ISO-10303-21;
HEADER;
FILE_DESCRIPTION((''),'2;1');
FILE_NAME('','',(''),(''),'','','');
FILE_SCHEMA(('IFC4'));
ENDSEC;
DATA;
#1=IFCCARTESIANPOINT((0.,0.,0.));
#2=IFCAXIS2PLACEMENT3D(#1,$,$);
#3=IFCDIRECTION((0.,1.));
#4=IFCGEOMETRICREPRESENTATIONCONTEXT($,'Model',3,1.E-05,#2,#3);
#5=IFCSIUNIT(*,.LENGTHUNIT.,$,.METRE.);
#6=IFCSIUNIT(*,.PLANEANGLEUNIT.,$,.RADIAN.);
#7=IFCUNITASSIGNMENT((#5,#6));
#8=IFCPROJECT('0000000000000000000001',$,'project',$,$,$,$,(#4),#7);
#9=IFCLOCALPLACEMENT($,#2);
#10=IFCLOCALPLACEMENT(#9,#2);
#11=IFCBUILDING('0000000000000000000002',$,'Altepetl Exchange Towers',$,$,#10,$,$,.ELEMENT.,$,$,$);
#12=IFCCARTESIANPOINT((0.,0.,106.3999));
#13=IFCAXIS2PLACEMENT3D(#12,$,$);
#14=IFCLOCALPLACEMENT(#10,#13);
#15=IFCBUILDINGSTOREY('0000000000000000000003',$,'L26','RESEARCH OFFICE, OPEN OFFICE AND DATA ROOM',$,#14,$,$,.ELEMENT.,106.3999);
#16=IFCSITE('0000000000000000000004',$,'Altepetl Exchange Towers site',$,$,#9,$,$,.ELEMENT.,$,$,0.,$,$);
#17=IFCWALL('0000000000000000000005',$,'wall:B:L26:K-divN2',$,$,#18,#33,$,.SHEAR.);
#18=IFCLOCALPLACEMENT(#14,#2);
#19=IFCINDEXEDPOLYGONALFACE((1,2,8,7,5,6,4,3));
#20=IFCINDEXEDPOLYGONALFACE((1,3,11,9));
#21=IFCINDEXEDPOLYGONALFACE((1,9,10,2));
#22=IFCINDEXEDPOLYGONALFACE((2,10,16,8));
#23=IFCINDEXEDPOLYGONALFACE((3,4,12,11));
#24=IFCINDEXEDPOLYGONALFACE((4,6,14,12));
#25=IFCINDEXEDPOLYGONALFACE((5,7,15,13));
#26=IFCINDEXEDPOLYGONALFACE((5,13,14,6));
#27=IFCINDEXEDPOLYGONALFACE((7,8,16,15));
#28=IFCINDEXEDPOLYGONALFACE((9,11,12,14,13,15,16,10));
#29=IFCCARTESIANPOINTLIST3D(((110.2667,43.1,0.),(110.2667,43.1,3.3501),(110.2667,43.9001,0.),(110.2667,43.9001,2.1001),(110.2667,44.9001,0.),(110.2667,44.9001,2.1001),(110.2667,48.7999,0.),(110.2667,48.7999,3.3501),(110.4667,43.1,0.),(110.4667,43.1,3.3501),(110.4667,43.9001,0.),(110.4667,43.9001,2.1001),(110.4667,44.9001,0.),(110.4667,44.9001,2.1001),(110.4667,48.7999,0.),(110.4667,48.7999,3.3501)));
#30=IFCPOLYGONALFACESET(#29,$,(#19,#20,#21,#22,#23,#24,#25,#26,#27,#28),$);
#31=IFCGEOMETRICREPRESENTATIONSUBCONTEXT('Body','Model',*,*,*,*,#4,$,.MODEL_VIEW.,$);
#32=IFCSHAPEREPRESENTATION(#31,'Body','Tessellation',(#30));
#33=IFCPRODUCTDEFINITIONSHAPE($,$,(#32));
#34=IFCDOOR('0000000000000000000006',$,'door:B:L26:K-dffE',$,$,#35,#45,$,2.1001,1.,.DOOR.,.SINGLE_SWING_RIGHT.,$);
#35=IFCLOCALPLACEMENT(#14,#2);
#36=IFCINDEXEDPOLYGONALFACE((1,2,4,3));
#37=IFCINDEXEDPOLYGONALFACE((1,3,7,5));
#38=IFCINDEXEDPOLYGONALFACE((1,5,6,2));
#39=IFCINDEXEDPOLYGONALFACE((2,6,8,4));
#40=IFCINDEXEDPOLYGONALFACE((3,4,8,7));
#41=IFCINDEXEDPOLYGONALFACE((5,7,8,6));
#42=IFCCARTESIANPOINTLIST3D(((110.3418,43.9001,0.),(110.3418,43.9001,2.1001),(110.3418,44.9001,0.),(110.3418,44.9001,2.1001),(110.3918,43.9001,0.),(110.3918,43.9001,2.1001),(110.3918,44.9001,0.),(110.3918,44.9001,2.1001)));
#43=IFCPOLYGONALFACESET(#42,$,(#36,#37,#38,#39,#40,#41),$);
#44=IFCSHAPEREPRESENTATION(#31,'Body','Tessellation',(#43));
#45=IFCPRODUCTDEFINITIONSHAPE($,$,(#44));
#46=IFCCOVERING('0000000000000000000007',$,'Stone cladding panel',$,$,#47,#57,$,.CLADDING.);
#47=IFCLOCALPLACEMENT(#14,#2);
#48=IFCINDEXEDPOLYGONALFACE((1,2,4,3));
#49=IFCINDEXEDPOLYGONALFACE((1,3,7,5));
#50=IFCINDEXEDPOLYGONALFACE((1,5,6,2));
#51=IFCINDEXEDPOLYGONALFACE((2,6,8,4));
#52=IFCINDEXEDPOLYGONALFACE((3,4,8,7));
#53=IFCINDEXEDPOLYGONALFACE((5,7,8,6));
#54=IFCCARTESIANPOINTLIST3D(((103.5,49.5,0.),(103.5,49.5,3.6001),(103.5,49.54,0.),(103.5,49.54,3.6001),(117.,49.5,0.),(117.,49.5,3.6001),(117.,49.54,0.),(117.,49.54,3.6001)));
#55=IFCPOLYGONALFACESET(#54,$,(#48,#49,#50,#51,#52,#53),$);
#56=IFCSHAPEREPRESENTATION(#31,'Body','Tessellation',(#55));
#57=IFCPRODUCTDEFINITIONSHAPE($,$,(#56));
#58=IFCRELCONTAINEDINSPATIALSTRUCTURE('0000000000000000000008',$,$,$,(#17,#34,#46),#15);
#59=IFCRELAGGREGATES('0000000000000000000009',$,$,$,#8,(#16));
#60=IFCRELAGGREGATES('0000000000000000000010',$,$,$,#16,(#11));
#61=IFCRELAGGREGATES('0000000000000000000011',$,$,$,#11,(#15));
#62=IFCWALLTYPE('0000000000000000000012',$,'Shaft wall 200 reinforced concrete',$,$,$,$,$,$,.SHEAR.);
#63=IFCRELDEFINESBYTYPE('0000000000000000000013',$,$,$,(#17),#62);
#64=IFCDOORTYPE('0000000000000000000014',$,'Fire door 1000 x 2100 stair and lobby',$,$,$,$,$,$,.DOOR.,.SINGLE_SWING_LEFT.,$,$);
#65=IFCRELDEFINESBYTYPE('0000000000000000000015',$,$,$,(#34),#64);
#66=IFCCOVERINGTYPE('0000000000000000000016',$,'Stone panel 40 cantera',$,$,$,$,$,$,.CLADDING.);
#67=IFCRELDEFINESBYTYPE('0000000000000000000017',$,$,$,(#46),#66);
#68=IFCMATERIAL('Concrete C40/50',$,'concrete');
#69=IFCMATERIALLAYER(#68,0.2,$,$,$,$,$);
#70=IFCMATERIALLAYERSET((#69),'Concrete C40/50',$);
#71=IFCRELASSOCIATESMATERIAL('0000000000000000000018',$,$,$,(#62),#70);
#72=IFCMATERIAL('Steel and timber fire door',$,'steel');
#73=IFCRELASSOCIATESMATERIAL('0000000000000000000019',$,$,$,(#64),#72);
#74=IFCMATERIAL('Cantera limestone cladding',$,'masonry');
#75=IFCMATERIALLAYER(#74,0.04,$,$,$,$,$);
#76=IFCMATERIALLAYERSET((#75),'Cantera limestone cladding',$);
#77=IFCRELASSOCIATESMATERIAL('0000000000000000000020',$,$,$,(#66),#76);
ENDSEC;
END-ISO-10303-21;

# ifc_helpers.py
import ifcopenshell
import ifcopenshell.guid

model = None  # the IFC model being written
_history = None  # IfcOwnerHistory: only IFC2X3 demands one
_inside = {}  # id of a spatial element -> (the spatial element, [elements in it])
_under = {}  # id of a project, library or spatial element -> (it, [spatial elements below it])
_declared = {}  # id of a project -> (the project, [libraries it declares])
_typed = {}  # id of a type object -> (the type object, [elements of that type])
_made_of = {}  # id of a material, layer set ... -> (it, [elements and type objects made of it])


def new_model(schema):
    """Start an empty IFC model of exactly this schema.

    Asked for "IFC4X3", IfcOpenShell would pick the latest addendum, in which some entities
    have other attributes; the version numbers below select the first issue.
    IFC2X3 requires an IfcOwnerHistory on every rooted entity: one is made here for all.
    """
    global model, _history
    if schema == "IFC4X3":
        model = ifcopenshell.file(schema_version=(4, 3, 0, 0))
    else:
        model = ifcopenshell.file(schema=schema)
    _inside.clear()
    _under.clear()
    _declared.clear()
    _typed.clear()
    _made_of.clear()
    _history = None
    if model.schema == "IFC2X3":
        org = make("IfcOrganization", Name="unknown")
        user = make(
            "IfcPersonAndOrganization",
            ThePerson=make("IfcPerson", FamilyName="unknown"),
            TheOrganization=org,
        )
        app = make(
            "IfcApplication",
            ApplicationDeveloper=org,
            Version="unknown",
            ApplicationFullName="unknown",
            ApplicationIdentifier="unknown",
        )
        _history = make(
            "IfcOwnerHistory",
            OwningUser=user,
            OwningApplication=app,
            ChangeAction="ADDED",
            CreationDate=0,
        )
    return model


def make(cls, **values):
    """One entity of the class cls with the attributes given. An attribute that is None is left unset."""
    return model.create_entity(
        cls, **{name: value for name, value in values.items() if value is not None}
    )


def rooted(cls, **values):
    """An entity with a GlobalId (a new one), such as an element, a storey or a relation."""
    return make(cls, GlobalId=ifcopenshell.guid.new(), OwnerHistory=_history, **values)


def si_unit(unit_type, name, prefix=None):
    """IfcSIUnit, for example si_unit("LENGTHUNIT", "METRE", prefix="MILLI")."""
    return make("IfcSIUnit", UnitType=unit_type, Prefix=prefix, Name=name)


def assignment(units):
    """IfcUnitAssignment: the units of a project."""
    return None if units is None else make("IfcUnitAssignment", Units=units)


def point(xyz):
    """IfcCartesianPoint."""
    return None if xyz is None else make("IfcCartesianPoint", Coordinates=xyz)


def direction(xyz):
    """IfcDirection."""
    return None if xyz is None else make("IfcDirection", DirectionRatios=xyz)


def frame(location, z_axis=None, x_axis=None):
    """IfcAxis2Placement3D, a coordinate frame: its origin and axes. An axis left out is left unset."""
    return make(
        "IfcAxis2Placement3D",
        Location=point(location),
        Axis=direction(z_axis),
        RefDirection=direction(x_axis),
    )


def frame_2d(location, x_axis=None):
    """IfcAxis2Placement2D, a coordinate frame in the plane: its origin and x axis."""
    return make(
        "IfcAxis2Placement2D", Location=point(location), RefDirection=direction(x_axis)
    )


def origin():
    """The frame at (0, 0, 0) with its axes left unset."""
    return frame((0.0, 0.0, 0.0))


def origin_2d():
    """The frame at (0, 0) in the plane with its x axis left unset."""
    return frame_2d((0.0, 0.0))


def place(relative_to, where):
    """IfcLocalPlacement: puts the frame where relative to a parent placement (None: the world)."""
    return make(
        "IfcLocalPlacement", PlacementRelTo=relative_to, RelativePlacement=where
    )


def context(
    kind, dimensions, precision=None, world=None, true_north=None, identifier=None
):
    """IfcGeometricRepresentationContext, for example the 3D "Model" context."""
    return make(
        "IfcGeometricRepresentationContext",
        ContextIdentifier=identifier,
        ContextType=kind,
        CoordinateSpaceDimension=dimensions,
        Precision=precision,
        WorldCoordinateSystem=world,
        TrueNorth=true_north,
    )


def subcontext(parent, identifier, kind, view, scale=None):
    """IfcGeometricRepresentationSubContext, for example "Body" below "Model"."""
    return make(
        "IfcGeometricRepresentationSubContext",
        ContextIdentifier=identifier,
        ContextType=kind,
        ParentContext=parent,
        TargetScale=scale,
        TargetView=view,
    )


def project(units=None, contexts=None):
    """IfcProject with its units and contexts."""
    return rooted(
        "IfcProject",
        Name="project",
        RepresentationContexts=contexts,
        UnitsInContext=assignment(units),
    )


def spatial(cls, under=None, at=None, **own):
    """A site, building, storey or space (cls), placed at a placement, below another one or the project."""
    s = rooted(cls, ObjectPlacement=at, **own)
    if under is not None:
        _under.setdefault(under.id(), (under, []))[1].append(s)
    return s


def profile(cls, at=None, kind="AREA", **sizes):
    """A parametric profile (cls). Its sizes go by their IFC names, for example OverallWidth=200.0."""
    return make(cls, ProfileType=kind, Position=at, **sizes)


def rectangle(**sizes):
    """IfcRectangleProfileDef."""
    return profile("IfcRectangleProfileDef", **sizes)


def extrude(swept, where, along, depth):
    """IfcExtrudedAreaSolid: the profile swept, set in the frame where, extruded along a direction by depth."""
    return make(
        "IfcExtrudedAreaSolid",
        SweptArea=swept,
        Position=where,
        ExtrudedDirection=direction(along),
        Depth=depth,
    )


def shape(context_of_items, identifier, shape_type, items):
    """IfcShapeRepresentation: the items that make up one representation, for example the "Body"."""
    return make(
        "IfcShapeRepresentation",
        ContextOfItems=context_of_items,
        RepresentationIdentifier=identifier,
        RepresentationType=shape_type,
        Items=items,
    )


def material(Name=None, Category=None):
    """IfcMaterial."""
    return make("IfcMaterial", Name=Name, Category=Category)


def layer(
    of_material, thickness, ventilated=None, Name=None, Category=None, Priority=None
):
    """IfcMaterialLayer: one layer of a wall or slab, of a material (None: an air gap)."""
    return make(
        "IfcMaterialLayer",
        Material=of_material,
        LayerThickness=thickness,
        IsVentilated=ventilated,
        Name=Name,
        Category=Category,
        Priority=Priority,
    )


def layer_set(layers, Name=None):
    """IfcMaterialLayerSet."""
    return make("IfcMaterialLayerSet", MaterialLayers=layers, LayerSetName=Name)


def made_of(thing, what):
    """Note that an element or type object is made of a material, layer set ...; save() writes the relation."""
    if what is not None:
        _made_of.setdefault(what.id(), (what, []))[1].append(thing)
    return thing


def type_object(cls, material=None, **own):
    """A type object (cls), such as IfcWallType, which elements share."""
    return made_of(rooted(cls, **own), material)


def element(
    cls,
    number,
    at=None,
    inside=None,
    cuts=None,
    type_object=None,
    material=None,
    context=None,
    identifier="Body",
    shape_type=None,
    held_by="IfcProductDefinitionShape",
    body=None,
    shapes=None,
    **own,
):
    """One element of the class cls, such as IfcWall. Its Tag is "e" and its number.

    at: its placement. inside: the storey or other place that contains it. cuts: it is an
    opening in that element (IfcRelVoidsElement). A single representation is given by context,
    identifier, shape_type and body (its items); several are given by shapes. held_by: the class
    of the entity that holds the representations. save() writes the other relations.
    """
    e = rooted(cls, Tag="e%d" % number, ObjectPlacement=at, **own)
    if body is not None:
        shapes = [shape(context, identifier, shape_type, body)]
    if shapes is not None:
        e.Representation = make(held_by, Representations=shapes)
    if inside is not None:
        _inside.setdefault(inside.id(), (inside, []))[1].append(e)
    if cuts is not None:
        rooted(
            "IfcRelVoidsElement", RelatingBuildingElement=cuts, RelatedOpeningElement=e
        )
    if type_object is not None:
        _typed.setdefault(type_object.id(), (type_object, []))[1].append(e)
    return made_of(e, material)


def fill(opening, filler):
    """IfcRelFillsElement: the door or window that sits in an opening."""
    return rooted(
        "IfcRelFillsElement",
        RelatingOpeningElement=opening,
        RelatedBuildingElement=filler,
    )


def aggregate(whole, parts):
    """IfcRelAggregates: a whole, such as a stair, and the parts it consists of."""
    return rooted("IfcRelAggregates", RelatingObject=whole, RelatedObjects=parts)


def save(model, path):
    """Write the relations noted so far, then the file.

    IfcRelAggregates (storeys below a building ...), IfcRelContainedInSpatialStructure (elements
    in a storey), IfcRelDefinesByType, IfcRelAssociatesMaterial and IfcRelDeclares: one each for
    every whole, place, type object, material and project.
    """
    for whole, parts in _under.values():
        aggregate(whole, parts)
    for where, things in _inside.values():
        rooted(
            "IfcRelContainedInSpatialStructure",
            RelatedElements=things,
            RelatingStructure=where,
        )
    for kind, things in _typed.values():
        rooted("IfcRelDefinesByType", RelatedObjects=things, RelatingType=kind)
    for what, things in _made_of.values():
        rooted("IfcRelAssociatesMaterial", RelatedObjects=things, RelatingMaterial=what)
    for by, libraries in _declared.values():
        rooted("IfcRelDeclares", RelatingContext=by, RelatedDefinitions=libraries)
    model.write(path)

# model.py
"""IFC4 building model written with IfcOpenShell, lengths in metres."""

from ifc_helpers import new_model, si_unit, direction, frame, frame_2d, origin, origin_2d, place, context, subcontext, project, spatial, rectangle, extrude, material, layer, layer_set, type_object, element, fill, save


model = new_model("IFC4")

# Units and contexts
model_context = context("Model", 3, precision=1e-05, world=origin(), true_north=direction((0.0, 1.0)))
body_context = subcontext(model_context, "Body", "Model", "MODEL_VIEW")
ifc_project = project(units=[si_unit("LENGTHUNIT", "METRE"), si_unit("PLANEANGLEUNIT", "RADIAN")], contexts=[model_context])

# Site, building, storey
site_placement = place(None, origin())
site = spatial("IfcSite", under=ifc_project, at=site_placement, Name="Altepetl Exchange Towers site", CompositionType="ELEMENT", RefElevation=0.0)
building_placement = place(site_placement, origin())
building = spatial("IfcBuilding", under=site, at=building_placement, Name="Altepetl Exchange Towers", CompositionType="ELEMENT")
storey_placement = place(building_placement, frame((0.0, 0.0, 106.3999)))
storey = spatial("IfcBuildingStorey", under=building, at=storey_placement, Name="L26", Description="RESEARCH OFFICE, OPEN OFFICE AND DATA ROOM", CompositionType="ELEMENT", Elevation=106.3999)

# Shared definitions
ifc_material_1 = material(Name="Concrete C40/50", Category="concrete")
ifc_layer_1 = layer(ifc_material_1, 0.2)
ifc_layer_set_1 = layer_set([ifc_layer_1], Name="Concrete C40/50")
wall_type_1 = type_object("IfcWallType", Name="Shaft wall 200 reinforced concrete", PredefinedType="SHEAR", material=ifc_layer_set_1)

# Wall, opening, door
wall_1_placement = place(storey_placement, frame((110.3667, 48.8, 0.0), z_axis=(0.0, 0.0, 1.0), x_axis=(0.0, -1.0, 0.0)))
wall_1 = element("IfcWall", 1, at=wall_1_placement, inside=storey, type_object=wall_type_1, Name="wall:B:L26:K-divN2", PredefinedType="SHEAR", context=body_context, shape_type="SweptSolid", body=[
    extrude(rectangle(XDim=5.7, YDim=0.2, at=frame_2d((2.8501, 0.0))), origin(), (0.0, 0.0, 1.0), 3.3501),
])
opening_placement = place(wall_1_placement, frame((3.8999, 0.0, 0.0)))
opening = element("IfcOpeningElement", 2, at=opening_placement, cuts=wall_1, PredefinedType="OPENING", context=body_context, shape_type="SweptSolid", body=[
    extrude(rectangle(XDim=1.0, YDim=2.1001, at=frame_2d((0.5, 1.05))), frame((0.0, 0.1099, 0.0), z_axis=(0.0, -1.0, 0.0), x_axis=(1.0, 0.0, 0.0)), (0.0, 0.0, 1.0), 0.22),
])
ifc_material_2 = material(Name="Steel and timber fire door", Category="steel")
door_type = type_object("IfcDoorType", Name="Fire door 1000 x 2100 stair and lobby", OperationType="SINGLE_SWING_LEFT", PredefinedType="DOOR", material=ifc_material_2)
door_placement = place(opening_placement, frame((1.0, 0.0, 0.0), x_axis=(-1.0, 0.0, 0.0)))
door = element("IfcDoor", 3, at=door_placement, inside=storey, type_object=door_type, Name="door:B:L26:K-dffE", OperationType="SINGLE_SWING_RIGHT", OverallHeight=2.1001, OverallWidth=1.0, PredefinedType="DOOR", context=body_context, shape_type="SweptSolid", body=[
    extrude(rectangle(XDim=1.0, YDim=2.1001, at=frame_2d((0.5, 1.05))), frame((0.0, 0.0249, 0.0), z_axis=(0.0, -1.0, 0.0), x_axis=(1.0, 0.0, 0.0)), (0.0, 0.0, 1.0), 0.05),
])
fill(opening, door)

# Covering
ifc_material_3 = material(Name="Cantera limestone cladding", Category="masonry")
ifc_layer_2 = layer(ifc_material_3, 0.04)
ifc_layer_set_2 = layer_set([ifc_layer_2], Name="Cantera limestone cladding")
covering_type = type_object("IfcCoveringType", Name="Stone panel 40 cantera", PredefinedType="CLADDING", material=ifc_layer_set_2)
covering_placement = place(storey_placement, frame((110.25, 49.52, 0.0), z_axis=(0.0, 0.0, 1.0), x_axis=(-1.0, 0.0, 0.0)))
element("IfcCovering", 4, at=covering_placement, inside=storey, type_object=covering_type, Name="Stone cladding panel", PredefinedType="CLADDING", context=body_context, shape_type="SweptSolid", body=[
    extrude(rectangle(XDim=13.5, YDim=0.04, at=origin_2d()), origin(), (0.0, 0.0, 1.0), 3.6001),
])

save(model, "model.ifc")
